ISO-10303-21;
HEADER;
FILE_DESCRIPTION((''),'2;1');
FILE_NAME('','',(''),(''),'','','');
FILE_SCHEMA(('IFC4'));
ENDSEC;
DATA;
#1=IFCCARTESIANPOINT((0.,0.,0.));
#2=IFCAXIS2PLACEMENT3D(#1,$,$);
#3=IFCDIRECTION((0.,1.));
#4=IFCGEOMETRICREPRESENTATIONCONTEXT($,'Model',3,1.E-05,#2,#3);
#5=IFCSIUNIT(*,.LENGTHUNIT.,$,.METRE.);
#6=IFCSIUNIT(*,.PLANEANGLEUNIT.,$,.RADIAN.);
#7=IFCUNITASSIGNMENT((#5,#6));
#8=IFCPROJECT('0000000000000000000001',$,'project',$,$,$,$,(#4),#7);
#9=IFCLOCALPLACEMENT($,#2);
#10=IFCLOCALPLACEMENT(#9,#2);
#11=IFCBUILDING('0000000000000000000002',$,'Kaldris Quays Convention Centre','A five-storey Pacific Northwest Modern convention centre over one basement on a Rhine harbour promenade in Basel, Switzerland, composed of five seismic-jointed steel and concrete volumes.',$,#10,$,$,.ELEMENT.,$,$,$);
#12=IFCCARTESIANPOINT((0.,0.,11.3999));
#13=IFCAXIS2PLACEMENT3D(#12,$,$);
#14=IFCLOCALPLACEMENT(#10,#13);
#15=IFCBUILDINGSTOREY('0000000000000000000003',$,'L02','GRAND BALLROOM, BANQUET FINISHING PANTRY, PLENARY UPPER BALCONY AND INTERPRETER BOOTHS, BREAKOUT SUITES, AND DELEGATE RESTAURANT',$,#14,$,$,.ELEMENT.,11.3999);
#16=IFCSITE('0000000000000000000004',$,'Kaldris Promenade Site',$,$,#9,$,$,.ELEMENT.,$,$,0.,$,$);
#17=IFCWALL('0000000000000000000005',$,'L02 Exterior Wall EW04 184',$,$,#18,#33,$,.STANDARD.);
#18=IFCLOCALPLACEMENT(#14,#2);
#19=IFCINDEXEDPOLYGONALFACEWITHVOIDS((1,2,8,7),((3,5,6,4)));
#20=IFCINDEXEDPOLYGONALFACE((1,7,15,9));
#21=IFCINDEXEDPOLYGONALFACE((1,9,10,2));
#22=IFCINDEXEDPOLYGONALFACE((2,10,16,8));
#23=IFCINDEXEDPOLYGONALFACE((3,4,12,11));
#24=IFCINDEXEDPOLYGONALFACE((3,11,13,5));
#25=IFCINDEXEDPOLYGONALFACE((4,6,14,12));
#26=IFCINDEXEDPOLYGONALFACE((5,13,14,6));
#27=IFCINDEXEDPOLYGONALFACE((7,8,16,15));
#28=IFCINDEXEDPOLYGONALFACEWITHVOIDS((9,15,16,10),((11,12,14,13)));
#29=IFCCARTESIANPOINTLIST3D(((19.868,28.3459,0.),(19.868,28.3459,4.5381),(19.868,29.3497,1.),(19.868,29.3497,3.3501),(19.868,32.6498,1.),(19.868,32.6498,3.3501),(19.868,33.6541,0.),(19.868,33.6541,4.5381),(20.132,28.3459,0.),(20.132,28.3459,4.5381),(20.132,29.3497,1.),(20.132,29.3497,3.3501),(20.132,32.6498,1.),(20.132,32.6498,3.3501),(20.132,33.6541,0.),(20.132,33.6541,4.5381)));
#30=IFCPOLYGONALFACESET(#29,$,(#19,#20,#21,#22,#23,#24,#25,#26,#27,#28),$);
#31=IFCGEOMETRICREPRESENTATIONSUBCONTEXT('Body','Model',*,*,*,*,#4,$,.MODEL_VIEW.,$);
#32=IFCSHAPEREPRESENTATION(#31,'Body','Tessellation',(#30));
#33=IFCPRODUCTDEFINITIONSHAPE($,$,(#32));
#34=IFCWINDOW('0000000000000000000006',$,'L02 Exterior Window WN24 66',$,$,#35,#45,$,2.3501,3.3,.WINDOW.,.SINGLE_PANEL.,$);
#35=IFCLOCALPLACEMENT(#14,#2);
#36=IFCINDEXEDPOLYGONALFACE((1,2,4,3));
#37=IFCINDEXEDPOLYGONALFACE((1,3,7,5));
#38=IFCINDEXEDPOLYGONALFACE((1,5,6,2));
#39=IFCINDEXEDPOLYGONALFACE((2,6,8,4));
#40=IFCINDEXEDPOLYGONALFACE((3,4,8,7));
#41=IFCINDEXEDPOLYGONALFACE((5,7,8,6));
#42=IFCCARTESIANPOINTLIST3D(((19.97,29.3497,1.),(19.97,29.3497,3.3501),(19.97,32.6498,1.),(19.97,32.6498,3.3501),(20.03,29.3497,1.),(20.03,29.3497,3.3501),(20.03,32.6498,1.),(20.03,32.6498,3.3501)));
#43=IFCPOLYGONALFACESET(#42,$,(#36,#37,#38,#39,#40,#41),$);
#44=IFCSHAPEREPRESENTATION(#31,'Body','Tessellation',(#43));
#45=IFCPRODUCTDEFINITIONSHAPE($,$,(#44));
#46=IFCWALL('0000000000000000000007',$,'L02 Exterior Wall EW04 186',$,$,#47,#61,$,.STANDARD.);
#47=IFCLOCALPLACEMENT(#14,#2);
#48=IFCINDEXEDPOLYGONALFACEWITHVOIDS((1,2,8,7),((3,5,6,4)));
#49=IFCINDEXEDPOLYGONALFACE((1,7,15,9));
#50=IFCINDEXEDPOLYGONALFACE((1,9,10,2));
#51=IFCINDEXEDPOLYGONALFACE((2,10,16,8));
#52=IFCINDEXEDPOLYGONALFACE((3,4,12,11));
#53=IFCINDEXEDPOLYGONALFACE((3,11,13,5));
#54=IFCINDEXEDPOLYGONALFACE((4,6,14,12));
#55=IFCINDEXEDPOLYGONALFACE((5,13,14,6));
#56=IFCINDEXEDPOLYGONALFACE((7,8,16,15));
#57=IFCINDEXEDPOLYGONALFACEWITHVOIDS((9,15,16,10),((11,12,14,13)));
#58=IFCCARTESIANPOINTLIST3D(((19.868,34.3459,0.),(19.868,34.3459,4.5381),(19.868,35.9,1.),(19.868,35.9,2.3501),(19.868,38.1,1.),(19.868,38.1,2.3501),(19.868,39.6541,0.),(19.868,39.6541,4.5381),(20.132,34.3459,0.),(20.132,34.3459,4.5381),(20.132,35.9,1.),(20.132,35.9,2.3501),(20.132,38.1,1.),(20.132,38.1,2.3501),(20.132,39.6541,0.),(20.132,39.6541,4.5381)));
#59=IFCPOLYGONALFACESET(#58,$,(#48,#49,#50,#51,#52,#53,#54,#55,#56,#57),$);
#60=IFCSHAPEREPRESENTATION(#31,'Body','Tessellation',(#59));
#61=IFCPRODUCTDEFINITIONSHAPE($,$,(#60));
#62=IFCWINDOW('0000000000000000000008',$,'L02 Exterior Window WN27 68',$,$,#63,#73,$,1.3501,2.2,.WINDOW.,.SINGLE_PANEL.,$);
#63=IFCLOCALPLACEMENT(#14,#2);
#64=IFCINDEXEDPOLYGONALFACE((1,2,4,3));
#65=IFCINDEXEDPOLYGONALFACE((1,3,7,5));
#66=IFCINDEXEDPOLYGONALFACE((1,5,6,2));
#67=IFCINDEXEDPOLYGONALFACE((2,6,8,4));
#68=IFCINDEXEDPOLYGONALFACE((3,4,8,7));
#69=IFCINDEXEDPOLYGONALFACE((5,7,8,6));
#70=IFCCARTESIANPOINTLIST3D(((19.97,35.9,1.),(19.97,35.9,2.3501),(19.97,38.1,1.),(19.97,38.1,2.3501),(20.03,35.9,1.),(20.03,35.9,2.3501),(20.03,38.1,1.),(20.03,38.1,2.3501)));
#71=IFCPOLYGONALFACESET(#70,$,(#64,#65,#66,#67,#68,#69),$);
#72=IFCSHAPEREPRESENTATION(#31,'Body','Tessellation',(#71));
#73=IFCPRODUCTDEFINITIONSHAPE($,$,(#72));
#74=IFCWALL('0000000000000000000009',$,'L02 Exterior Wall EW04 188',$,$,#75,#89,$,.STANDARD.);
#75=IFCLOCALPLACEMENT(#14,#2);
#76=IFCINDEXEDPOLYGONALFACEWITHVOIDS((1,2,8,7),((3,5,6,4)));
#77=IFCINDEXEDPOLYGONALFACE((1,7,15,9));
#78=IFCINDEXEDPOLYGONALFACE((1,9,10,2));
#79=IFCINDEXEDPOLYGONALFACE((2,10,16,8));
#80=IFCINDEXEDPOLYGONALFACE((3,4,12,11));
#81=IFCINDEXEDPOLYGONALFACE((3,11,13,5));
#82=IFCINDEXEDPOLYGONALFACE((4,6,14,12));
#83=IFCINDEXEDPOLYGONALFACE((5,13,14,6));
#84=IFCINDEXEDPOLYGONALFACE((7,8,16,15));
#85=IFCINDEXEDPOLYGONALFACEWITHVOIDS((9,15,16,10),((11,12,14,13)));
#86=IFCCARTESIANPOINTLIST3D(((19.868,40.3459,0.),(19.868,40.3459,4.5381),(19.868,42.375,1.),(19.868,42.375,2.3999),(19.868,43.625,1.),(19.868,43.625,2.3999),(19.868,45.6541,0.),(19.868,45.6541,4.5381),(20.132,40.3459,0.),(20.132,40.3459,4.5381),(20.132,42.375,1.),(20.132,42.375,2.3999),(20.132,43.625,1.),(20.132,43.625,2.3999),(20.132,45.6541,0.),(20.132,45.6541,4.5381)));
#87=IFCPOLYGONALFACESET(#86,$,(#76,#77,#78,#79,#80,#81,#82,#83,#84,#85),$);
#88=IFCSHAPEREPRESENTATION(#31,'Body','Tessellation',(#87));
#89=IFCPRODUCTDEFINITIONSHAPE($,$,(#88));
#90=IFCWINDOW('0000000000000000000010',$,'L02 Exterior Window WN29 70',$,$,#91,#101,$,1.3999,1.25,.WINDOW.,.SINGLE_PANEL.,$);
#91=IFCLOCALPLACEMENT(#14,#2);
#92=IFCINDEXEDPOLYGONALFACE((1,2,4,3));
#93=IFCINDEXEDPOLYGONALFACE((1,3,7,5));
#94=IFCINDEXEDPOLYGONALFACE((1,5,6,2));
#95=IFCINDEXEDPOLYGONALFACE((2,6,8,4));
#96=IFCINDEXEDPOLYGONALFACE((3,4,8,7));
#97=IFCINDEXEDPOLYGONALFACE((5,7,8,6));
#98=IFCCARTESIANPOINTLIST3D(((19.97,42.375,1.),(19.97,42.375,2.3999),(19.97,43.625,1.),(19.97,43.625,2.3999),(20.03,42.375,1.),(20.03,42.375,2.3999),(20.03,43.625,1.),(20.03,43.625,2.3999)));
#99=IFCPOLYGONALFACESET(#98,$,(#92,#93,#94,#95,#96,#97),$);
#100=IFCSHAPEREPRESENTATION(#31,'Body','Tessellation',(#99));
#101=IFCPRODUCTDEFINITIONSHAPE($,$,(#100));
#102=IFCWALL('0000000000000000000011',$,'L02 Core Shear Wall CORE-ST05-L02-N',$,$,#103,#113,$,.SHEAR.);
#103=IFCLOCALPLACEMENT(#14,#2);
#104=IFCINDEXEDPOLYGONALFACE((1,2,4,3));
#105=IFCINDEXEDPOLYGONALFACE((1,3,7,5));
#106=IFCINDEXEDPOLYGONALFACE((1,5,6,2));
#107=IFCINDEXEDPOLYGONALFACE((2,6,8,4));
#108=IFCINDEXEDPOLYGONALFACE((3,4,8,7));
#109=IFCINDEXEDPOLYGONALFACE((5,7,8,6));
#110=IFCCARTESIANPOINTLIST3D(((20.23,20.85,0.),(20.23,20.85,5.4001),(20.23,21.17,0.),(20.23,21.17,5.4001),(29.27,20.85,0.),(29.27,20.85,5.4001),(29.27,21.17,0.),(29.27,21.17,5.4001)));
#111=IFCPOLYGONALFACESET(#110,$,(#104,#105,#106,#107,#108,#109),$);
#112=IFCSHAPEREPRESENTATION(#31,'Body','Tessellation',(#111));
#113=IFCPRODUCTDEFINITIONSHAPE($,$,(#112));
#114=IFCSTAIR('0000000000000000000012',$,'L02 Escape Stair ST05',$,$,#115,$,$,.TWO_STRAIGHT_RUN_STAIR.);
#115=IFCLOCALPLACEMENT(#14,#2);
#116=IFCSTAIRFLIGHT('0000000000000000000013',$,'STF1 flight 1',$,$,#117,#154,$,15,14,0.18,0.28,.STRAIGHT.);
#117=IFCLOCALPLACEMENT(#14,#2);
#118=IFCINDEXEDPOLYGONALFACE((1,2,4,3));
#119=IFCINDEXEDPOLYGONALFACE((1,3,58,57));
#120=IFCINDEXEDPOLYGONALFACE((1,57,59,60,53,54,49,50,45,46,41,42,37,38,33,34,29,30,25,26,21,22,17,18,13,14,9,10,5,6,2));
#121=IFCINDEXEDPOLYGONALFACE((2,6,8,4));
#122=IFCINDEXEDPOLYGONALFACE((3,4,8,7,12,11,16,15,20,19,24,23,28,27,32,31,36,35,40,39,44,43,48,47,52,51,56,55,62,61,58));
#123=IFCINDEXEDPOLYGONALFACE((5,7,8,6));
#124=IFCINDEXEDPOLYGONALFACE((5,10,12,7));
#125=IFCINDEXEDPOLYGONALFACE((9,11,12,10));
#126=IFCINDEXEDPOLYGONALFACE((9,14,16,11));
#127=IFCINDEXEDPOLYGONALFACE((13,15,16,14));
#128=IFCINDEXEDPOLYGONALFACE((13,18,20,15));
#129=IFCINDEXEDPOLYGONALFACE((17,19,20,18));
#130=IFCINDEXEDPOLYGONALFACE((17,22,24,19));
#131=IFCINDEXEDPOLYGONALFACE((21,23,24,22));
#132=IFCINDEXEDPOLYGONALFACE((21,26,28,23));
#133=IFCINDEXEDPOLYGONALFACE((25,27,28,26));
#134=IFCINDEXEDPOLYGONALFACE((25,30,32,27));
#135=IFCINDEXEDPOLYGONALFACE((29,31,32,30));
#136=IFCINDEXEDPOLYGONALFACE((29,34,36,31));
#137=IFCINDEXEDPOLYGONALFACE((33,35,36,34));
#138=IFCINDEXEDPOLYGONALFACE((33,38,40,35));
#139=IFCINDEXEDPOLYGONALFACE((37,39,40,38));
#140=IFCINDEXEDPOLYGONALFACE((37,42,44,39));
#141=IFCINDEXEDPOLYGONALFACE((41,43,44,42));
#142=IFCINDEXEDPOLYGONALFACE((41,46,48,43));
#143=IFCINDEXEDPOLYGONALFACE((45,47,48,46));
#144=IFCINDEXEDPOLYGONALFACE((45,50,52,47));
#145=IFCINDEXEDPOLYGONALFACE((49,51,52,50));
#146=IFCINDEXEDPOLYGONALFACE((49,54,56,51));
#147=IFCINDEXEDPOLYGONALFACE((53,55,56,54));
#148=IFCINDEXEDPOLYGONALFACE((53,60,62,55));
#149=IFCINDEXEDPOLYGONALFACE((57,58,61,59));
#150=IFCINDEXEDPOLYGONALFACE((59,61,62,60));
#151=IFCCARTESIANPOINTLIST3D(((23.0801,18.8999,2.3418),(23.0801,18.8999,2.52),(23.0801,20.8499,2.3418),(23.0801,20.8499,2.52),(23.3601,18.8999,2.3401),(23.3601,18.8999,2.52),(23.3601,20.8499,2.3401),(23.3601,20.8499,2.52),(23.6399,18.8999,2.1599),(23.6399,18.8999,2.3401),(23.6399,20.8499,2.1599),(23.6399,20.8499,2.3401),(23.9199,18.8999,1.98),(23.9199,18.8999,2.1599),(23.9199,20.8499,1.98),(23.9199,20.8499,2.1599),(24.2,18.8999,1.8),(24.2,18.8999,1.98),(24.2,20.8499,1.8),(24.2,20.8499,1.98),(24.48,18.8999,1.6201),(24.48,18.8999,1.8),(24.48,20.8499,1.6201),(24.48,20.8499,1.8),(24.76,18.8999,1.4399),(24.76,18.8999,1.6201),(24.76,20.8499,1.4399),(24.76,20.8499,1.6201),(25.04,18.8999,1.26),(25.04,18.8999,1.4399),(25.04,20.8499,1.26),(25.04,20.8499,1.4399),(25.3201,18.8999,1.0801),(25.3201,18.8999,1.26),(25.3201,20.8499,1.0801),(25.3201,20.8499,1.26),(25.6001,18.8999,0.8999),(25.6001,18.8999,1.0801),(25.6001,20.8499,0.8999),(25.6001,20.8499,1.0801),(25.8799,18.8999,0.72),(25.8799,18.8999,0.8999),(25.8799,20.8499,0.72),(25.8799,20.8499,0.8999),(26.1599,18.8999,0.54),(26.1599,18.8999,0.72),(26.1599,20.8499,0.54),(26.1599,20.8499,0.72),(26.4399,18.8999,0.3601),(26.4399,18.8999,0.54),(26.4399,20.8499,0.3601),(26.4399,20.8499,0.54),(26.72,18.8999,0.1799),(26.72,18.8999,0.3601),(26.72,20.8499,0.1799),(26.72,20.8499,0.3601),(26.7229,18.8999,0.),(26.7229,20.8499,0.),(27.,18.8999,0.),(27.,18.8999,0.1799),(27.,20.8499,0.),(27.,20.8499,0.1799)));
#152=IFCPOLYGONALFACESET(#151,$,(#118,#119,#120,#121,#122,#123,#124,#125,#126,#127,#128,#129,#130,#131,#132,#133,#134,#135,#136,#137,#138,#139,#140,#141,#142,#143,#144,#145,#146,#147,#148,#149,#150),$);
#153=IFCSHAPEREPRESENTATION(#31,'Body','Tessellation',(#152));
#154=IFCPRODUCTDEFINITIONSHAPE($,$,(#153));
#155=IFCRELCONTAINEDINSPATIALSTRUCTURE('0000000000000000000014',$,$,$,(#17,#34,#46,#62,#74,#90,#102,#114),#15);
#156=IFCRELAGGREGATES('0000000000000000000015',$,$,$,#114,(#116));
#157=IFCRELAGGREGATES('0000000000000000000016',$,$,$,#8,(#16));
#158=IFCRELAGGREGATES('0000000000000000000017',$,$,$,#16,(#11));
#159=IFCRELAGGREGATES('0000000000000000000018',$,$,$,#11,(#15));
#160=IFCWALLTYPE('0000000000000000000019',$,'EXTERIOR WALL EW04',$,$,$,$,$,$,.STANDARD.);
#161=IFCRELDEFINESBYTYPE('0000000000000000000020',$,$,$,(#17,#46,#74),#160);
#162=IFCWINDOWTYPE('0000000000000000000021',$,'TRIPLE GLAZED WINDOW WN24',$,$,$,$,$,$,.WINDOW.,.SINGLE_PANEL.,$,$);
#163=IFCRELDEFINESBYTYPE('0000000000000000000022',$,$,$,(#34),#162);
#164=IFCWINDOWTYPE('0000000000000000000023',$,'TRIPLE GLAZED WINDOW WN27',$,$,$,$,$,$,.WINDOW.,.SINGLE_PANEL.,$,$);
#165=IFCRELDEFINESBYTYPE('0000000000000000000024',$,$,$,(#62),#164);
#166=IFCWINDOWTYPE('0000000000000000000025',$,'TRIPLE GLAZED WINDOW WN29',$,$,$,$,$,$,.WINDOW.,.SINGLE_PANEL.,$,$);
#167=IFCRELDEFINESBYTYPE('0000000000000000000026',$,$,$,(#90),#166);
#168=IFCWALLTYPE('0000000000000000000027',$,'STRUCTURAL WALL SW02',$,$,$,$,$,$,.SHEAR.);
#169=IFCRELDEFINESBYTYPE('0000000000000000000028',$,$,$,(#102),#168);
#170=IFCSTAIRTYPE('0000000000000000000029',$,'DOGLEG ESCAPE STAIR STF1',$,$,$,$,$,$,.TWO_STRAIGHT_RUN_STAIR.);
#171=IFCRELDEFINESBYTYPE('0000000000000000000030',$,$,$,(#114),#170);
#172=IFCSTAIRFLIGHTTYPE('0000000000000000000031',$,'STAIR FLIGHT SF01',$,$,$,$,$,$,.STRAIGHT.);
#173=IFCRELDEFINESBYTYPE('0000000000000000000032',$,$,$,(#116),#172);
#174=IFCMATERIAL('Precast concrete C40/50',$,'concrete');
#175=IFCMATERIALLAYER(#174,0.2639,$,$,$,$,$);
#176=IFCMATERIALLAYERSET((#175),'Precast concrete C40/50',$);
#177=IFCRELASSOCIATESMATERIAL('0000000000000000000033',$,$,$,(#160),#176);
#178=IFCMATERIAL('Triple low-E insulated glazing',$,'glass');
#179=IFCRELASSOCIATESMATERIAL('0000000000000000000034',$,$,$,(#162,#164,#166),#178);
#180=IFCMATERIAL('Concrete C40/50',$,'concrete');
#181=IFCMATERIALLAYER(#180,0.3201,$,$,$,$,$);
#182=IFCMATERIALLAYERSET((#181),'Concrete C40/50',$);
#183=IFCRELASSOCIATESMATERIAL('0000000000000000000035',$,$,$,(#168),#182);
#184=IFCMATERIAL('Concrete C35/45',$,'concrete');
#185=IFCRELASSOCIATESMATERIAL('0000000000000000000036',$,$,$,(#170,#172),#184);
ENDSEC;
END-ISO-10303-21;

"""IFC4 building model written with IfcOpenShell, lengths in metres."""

from ifc_helpers import new_model, si_unit, direction, frame, frame_2d, origin, place, context, subcontext, project, spatial, polyline, rectangle, outline, extrude, material, layer, layer_set, type_object, element, fill, aggregate, save


model = new_model("IFC4")

# Units and contexts
model_context = context("Model", 3, precision=1e-05, world=origin(), true_north=direction((0.0, 1.0)))
body_context = subcontext(model_context, "Body", "Model", "MODEL_VIEW")
ifc_project = project(units=[si_unit("LENGTHUNIT", "METRE"), si_unit("PLANEANGLEUNIT", "RADIAN")], contexts=[model_context])

# Site, building, storey
site_placement = place(None, origin())
site = spatial("IfcSite", under=ifc_project, at=site_placement, Name="Kaldris Promenade Site", CompositionType="ELEMENT", RefElevation=0.0)
building_placement = place(site_placement, origin())
building = spatial("IfcBuilding", under=site, at=building_placement, Name="Kaldris Quays Convention Centre", Description="A five-storey Pacific Northwest Modern convention centre over one basement on a Rhine harbour promenade in Basel, Switzerland, composed of five seismic-jointed steel and concrete volumes.", CompositionType="ELEMENT")
storey_placement = place(building_placement, frame((0.0, 0.0, 11.3999)))
storey = spatial("IfcBuildingStorey", under=building, at=storey_placement, Name="L02", Description="GRAND BALLROOM, BANQUET FINISHING PANTRY, PLENARY UPPER BALCONY AND INTERPRETER BOOTHS, BREAKOUT SUITES, AND DELEGATE RESTAURANT", CompositionType="ELEMENT", Elevation=11.3999)

# Shared definitions
ifc_material_1 = material(Name="Precast concrete C40/50", Category="concrete")
ifc_layer_1 = layer(ifc_material_1, 0.2639)
ifc_layer_set_1 = layer_set([ifc_layer_1], Name="Precast concrete C40/50")
wall_type_1 = type_object("IfcWallType", Name="EXTERIOR WALL EW04", PredefinedType="STANDARD", material=ifc_layer_set_1)

# Walls, openings, windows
wall_1_placement = place(storey_placement, frame((20.0, 28.3459, 0.0), z_axis=(0.0, 0.0, 1.0), x_axis=(0.0, 1.0, 0.0)))
wall_1 = element("IfcWall", 1, at=wall_1_placement, inside=storey, type_object=wall_type_1, Name="L02 Exterior Wall EW04 184", PredefinedType="STANDARD", context=body_context, shape_type="SweptSolid", body=[
    extrude(rectangle(XDim=5.3081, YDim=0.2639, at=frame_2d((2.6541, 0.0))), origin(), (0.0, 0.0, 1.0), 4.5381),
])
opening_1_placement = place(wall_1_placement, frame((1.0039, 0.0, 1.0)))
opening_1 = element("IfcOpeningElement", 2, at=opening_1_placement, cuts=wall_1, PredefinedType="OPENING", context=body_context, shape_type="SweptSolid", body=[
    extrude(rectangle(XDim=3.3, YDim=2.3501, at=frame_2d((1.6499, 1.175))), frame((0.0, 0.1421, 0.0), z_axis=(0.0, -1.0, 0.0), x_axis=(1.0, 0.0, 0.0)), (0.0, 0.0, 1.0), 0.2839),
])
ifc_material_2 = material(Name="Triple low-E insulated glazing", Category="glass")
window_type_1 = type_object("IfcWindowType", Name="TRIPLE GLAZED WINDOW WN24", PartitioningType="SINGLE_PANEL", PredefinedType="WINDOW", material=ifc_material_2)
window_1_placement = place(opening_1_placement, origin())
window_1 = element("IfcWindow", 3, at=window_1_placement, inside=storey, type_object=window_type_1, Name="L02 Exterior Window WN24 66", OverallHeight=2.3501, OverallWidth=3.3, PartitioningType="SINGLE_PANEL", PredefinedType="WINDOW", context=body_context, shape_type="SweptSolid", body=[
    extrude(rectangle(XDim=3.3, YDim=2.3501, at=frame_2d((1.6499, 1.175))), frame((0.0, 0.03, 0.0), z_axis=(0.0, -1.0, 0.0), x_axis=(1.0, 0.0, 0.0)), (0.0, 0.0, 1.0), 0.0601),
])
fill(opening_1, window_1)
wall_2_placement = place(storey_placement, frame((20.0, 34.3459, 0.0), z_axis=(0.0, 0.0, 1.0), x_axis=(0.0, 1.0, 0.0)))
wall_2 = element("IfcWall", 4, at=wall_2_placement, inside=storey, type_object=wall_type_1, Name="L02 Exterior Wall EW04 186", PredefinedType="STANDARD", context=body_context, shape_type="SweptSolid", body=[
    extrude(rectangle(XDim=5.3081, YDim=0.2639, at=frame_2d((2.6541, 0.0))), origin(), (0.0, 0.0, 1.0), 4.5381),
])
opening_2_placement = place(wall_2_placement, frame((1.554, 0.0, 1.0)))
opening_2 = element("IfcOpeningElement", 5, at=opening_2_placement, cuts=wall_2, PredefinedType="OPENING", context=body_context, shape_type="SweptSolid", body=[
    extrude(rectangle(XDim=2.2, YDim=1.3501, at=frame_2d((1.1001, 0.675))), frame((0.0, 0.1421, 0.0), z_axis=(0.0, -1.0, 0.0), x_axis=(1.0, 0.0, 0.0)), (0.0, 0.0, 1.0), 0.2839),
])
window_type_2 = type_object("IfcWindowType", Name="TRIPLE GLAZED WINDOW WN27", PartitioningType="SINGLE_PANEL", PredefinedType="WINDOW", material=ifc_material_2)
window_2_placement = place(opening_2_placement, origin())
window_2 = element("IfcWindow", 6, at=window_2_placement, inside=storey, type_object=window_type_2, Name="L02 Exterior Window WN27 68", OverallHeight=1.3501, OverallWidth=2.2, PartitioningType="SINGLE_PANEL", PredefinedType="WINDOW", context=body_context, shape_type="SweptSolid", body=[
    extrude(rectangle(XDim=2.2, YDim=1.3501, at=frame_2d((1.1001, 0.675))), frame((0.0, 0.03, 0.0), z_axis=(0.0, -1.0, 0.0), x_axis=(1.0, 0.0, 0.0)), (0.0, 0.0, 1.0), 0.0601),
])
fill(opening_2, window_2)
wall_3_placement = place(storey_placement, frame((20.0, 40.3459, 0.0), z_axis=(0.0, 0.0, 1.0), x_axis=(0.0, 1.0, 0.0)))
wall_3 = element("IfcWall", 7, at=wall_3_placement, inside=storey, type_object=wall_type_1, Name="L02 Exterior Wall EW04 188", PredefinedType="STANDARD", context=body_context, shape_type="SweptSolid", body=[
    extrude(rectangle(XDim=5.3081, YDim=0.2639, at=frame_2d((2.6541, 0.0))), origin(), (0.0, 0.0, 1.0), 4.5381),
])
opening_3_placement = place(wall_3_placement, frame((2.0291, 0.0, 1.0)))
opening_3 = element("IfcOpeningElement", 8, at=opening_3_placement, cuts=wall_3, PredefinedType="OPENING", context=body_context, shape_type="SweptSolid", body=[
    extrude(rectangle(XDim=1.25, YDim=1.3999, at=frame_2d((0.625, 0.7))), frame((0.0, 0.1421, 0.0), z_axis=(0.0, -1.0, 0.0), x_axis=(1.0, 0.0, 0.0)), (0.0, 0.0, 1.0), 0.2839),
])
window_type_3 = type_object("IfcWindowType", Name="TRIPLE GLAZED WINDOW WN29", PartitioningType="SINGLE_PANEL", PredefinedType="WINDOW", material=ifc_material_2)
window_3_placement = place(opening_3_placement, origin())
window_3 = element("IfcWindow", 9, at=window_3_placement, inside=storey, type_object=window_type_3, Name="L02 Exterior Window WN29 70", OverallHeight=1.3999, OverallWidth=1.25, PartitioningType="SINGLE_PANEL", PredefinedType="WINDOW", context=body_context, shape_type="SweptSolid", body=[
    extrude(rectangle(XDim=1.25, YDim=1.3999, at=frame_2d((0.625, 0.7))), frame((0.0, 0.03, 0.0), z_axis=(0.0, -1.0, 0.0), x_axis=(1.0, 0.0, 0.0)), (0.0, 0.0, 1.0), 0.0601),
])
fill(opening_3, window_3)

# Wall
ifc_material_3 = material(Name="Concrete C40/50", Category="concrete")
ifc_layer_2 = layer(ifc_material_3, 0.3201)
ifc_layer_set_2 = layer_set([ifc_layer_2], Name="Concrete C40/50")
wall_type_2 = type_object("IfcWallType", Name="STRUCTURAL WALL SW02", PredefinedType="SHEAR", material=ifc_layer_set_2)
wall_4_placement = place(storey_placement, frame((20.23, 21.01, 0.0), z_axis=(0.0, 0.0, 1.0), x_axis=(1.0, 0.0, 0.0)))
element("IfcWall", 10, at=wall_4_placement, inside=storey, type_object=wall_type_2, Name="L02 Core Shear Wall CORE-ST05-L02-N", PredefinedType="SHEAR", context=body_context, shape_type="SweptSolid", body=[
    extrude(rectangle(XDim=9.04, YDim=0.3201, at=frame_2d((4.52, 0.0))), origin(), (0.0, 0.0, 1.0), 5.4001),
])

# Stair, stair flight
ifc_material_4 = material(Name="Concrete C35/45", Category="concrete")
stair_type = type_object("IfcStairType", Name="DOGLEG ESCAPE STAIR STF1", PredefinedType="TWO_STRAIGHT_RUN_STAIR", material=ifc_material_4)
stair_placement = place(storey_placement, origin())
stair = element("IfcStair", 11, at=stair_placement, inside=storey, type_object=stair_type, Name="L02 Escape Stair ST05", PredefinedType="TWO_STRAIGHT_RUN_STAIR")
stair_flight_type = type_object("IfcStairFlightType", Name="STAIR FLIGHT SF01", PredefinedType="STRAIGHT", material=ifc_material_4)
stair_flight_placement = place(storey_placement, frame((27.0, 19.875, 0.0), z_axis=(0.0, 0.0, 1.0), x_axis=(-1.0, 0.0, 0.0)))
stair_flight = element("IfcStairFlight", 12, at=stair_flight_placement, type_object=stair_flight_type, Name="STF1 flight 1", NumberOfRisers=15, NumberOfTreads=14, PredefinedType="STRAIGHT", RiserHeight=0.18, TreadLength=0.28, context=body_context, shape_type="SweptSolid", body=[
    extrude(outline(polyline([(0.0, 0.0), (0.0, 0.1799), (0.28, 0.1799), (0.28, 0.3601), (0.5601, 0.3601), (0.5601, 0.54), (0.8401, 0.54), (0.8401, 0.72), (1.1201, 0.72), (1.1201, 0.8999), (1.3999, 0.8999), (1.3999, 1.0801), (1.6799, 1.0801), (1.6799, 1.26), (1.96, 1.26), (1.96, 1.4399), (2.24, 1.4399), (2.24, 1.6201), (2.52, 1.6201), (2.52, 1.8), (2.8, 1.8), (2.8, 1.98), (3.0801, 1.98), (3.0801, 2.1599), (3.3601, 2.1599), (3.3601, 2.3401), (3.6399, 2.3401), (3.6399, 2.52), (3.9199, 2.52), (3.9199, 2.7), (3.9199, 2.3418), (0.2771, 0.0), (0.0, 0.0)])), frame((0.0, 0.9751, 0.0), z_axis=(0.0, -1.0, 0.0), x_axis=(1.0, 0.0, 0.0)), (0.0, 0.0, 1.0), 1.95),
])
aggregate(stair, [stair_flight])

save(model, "model.ifc")
